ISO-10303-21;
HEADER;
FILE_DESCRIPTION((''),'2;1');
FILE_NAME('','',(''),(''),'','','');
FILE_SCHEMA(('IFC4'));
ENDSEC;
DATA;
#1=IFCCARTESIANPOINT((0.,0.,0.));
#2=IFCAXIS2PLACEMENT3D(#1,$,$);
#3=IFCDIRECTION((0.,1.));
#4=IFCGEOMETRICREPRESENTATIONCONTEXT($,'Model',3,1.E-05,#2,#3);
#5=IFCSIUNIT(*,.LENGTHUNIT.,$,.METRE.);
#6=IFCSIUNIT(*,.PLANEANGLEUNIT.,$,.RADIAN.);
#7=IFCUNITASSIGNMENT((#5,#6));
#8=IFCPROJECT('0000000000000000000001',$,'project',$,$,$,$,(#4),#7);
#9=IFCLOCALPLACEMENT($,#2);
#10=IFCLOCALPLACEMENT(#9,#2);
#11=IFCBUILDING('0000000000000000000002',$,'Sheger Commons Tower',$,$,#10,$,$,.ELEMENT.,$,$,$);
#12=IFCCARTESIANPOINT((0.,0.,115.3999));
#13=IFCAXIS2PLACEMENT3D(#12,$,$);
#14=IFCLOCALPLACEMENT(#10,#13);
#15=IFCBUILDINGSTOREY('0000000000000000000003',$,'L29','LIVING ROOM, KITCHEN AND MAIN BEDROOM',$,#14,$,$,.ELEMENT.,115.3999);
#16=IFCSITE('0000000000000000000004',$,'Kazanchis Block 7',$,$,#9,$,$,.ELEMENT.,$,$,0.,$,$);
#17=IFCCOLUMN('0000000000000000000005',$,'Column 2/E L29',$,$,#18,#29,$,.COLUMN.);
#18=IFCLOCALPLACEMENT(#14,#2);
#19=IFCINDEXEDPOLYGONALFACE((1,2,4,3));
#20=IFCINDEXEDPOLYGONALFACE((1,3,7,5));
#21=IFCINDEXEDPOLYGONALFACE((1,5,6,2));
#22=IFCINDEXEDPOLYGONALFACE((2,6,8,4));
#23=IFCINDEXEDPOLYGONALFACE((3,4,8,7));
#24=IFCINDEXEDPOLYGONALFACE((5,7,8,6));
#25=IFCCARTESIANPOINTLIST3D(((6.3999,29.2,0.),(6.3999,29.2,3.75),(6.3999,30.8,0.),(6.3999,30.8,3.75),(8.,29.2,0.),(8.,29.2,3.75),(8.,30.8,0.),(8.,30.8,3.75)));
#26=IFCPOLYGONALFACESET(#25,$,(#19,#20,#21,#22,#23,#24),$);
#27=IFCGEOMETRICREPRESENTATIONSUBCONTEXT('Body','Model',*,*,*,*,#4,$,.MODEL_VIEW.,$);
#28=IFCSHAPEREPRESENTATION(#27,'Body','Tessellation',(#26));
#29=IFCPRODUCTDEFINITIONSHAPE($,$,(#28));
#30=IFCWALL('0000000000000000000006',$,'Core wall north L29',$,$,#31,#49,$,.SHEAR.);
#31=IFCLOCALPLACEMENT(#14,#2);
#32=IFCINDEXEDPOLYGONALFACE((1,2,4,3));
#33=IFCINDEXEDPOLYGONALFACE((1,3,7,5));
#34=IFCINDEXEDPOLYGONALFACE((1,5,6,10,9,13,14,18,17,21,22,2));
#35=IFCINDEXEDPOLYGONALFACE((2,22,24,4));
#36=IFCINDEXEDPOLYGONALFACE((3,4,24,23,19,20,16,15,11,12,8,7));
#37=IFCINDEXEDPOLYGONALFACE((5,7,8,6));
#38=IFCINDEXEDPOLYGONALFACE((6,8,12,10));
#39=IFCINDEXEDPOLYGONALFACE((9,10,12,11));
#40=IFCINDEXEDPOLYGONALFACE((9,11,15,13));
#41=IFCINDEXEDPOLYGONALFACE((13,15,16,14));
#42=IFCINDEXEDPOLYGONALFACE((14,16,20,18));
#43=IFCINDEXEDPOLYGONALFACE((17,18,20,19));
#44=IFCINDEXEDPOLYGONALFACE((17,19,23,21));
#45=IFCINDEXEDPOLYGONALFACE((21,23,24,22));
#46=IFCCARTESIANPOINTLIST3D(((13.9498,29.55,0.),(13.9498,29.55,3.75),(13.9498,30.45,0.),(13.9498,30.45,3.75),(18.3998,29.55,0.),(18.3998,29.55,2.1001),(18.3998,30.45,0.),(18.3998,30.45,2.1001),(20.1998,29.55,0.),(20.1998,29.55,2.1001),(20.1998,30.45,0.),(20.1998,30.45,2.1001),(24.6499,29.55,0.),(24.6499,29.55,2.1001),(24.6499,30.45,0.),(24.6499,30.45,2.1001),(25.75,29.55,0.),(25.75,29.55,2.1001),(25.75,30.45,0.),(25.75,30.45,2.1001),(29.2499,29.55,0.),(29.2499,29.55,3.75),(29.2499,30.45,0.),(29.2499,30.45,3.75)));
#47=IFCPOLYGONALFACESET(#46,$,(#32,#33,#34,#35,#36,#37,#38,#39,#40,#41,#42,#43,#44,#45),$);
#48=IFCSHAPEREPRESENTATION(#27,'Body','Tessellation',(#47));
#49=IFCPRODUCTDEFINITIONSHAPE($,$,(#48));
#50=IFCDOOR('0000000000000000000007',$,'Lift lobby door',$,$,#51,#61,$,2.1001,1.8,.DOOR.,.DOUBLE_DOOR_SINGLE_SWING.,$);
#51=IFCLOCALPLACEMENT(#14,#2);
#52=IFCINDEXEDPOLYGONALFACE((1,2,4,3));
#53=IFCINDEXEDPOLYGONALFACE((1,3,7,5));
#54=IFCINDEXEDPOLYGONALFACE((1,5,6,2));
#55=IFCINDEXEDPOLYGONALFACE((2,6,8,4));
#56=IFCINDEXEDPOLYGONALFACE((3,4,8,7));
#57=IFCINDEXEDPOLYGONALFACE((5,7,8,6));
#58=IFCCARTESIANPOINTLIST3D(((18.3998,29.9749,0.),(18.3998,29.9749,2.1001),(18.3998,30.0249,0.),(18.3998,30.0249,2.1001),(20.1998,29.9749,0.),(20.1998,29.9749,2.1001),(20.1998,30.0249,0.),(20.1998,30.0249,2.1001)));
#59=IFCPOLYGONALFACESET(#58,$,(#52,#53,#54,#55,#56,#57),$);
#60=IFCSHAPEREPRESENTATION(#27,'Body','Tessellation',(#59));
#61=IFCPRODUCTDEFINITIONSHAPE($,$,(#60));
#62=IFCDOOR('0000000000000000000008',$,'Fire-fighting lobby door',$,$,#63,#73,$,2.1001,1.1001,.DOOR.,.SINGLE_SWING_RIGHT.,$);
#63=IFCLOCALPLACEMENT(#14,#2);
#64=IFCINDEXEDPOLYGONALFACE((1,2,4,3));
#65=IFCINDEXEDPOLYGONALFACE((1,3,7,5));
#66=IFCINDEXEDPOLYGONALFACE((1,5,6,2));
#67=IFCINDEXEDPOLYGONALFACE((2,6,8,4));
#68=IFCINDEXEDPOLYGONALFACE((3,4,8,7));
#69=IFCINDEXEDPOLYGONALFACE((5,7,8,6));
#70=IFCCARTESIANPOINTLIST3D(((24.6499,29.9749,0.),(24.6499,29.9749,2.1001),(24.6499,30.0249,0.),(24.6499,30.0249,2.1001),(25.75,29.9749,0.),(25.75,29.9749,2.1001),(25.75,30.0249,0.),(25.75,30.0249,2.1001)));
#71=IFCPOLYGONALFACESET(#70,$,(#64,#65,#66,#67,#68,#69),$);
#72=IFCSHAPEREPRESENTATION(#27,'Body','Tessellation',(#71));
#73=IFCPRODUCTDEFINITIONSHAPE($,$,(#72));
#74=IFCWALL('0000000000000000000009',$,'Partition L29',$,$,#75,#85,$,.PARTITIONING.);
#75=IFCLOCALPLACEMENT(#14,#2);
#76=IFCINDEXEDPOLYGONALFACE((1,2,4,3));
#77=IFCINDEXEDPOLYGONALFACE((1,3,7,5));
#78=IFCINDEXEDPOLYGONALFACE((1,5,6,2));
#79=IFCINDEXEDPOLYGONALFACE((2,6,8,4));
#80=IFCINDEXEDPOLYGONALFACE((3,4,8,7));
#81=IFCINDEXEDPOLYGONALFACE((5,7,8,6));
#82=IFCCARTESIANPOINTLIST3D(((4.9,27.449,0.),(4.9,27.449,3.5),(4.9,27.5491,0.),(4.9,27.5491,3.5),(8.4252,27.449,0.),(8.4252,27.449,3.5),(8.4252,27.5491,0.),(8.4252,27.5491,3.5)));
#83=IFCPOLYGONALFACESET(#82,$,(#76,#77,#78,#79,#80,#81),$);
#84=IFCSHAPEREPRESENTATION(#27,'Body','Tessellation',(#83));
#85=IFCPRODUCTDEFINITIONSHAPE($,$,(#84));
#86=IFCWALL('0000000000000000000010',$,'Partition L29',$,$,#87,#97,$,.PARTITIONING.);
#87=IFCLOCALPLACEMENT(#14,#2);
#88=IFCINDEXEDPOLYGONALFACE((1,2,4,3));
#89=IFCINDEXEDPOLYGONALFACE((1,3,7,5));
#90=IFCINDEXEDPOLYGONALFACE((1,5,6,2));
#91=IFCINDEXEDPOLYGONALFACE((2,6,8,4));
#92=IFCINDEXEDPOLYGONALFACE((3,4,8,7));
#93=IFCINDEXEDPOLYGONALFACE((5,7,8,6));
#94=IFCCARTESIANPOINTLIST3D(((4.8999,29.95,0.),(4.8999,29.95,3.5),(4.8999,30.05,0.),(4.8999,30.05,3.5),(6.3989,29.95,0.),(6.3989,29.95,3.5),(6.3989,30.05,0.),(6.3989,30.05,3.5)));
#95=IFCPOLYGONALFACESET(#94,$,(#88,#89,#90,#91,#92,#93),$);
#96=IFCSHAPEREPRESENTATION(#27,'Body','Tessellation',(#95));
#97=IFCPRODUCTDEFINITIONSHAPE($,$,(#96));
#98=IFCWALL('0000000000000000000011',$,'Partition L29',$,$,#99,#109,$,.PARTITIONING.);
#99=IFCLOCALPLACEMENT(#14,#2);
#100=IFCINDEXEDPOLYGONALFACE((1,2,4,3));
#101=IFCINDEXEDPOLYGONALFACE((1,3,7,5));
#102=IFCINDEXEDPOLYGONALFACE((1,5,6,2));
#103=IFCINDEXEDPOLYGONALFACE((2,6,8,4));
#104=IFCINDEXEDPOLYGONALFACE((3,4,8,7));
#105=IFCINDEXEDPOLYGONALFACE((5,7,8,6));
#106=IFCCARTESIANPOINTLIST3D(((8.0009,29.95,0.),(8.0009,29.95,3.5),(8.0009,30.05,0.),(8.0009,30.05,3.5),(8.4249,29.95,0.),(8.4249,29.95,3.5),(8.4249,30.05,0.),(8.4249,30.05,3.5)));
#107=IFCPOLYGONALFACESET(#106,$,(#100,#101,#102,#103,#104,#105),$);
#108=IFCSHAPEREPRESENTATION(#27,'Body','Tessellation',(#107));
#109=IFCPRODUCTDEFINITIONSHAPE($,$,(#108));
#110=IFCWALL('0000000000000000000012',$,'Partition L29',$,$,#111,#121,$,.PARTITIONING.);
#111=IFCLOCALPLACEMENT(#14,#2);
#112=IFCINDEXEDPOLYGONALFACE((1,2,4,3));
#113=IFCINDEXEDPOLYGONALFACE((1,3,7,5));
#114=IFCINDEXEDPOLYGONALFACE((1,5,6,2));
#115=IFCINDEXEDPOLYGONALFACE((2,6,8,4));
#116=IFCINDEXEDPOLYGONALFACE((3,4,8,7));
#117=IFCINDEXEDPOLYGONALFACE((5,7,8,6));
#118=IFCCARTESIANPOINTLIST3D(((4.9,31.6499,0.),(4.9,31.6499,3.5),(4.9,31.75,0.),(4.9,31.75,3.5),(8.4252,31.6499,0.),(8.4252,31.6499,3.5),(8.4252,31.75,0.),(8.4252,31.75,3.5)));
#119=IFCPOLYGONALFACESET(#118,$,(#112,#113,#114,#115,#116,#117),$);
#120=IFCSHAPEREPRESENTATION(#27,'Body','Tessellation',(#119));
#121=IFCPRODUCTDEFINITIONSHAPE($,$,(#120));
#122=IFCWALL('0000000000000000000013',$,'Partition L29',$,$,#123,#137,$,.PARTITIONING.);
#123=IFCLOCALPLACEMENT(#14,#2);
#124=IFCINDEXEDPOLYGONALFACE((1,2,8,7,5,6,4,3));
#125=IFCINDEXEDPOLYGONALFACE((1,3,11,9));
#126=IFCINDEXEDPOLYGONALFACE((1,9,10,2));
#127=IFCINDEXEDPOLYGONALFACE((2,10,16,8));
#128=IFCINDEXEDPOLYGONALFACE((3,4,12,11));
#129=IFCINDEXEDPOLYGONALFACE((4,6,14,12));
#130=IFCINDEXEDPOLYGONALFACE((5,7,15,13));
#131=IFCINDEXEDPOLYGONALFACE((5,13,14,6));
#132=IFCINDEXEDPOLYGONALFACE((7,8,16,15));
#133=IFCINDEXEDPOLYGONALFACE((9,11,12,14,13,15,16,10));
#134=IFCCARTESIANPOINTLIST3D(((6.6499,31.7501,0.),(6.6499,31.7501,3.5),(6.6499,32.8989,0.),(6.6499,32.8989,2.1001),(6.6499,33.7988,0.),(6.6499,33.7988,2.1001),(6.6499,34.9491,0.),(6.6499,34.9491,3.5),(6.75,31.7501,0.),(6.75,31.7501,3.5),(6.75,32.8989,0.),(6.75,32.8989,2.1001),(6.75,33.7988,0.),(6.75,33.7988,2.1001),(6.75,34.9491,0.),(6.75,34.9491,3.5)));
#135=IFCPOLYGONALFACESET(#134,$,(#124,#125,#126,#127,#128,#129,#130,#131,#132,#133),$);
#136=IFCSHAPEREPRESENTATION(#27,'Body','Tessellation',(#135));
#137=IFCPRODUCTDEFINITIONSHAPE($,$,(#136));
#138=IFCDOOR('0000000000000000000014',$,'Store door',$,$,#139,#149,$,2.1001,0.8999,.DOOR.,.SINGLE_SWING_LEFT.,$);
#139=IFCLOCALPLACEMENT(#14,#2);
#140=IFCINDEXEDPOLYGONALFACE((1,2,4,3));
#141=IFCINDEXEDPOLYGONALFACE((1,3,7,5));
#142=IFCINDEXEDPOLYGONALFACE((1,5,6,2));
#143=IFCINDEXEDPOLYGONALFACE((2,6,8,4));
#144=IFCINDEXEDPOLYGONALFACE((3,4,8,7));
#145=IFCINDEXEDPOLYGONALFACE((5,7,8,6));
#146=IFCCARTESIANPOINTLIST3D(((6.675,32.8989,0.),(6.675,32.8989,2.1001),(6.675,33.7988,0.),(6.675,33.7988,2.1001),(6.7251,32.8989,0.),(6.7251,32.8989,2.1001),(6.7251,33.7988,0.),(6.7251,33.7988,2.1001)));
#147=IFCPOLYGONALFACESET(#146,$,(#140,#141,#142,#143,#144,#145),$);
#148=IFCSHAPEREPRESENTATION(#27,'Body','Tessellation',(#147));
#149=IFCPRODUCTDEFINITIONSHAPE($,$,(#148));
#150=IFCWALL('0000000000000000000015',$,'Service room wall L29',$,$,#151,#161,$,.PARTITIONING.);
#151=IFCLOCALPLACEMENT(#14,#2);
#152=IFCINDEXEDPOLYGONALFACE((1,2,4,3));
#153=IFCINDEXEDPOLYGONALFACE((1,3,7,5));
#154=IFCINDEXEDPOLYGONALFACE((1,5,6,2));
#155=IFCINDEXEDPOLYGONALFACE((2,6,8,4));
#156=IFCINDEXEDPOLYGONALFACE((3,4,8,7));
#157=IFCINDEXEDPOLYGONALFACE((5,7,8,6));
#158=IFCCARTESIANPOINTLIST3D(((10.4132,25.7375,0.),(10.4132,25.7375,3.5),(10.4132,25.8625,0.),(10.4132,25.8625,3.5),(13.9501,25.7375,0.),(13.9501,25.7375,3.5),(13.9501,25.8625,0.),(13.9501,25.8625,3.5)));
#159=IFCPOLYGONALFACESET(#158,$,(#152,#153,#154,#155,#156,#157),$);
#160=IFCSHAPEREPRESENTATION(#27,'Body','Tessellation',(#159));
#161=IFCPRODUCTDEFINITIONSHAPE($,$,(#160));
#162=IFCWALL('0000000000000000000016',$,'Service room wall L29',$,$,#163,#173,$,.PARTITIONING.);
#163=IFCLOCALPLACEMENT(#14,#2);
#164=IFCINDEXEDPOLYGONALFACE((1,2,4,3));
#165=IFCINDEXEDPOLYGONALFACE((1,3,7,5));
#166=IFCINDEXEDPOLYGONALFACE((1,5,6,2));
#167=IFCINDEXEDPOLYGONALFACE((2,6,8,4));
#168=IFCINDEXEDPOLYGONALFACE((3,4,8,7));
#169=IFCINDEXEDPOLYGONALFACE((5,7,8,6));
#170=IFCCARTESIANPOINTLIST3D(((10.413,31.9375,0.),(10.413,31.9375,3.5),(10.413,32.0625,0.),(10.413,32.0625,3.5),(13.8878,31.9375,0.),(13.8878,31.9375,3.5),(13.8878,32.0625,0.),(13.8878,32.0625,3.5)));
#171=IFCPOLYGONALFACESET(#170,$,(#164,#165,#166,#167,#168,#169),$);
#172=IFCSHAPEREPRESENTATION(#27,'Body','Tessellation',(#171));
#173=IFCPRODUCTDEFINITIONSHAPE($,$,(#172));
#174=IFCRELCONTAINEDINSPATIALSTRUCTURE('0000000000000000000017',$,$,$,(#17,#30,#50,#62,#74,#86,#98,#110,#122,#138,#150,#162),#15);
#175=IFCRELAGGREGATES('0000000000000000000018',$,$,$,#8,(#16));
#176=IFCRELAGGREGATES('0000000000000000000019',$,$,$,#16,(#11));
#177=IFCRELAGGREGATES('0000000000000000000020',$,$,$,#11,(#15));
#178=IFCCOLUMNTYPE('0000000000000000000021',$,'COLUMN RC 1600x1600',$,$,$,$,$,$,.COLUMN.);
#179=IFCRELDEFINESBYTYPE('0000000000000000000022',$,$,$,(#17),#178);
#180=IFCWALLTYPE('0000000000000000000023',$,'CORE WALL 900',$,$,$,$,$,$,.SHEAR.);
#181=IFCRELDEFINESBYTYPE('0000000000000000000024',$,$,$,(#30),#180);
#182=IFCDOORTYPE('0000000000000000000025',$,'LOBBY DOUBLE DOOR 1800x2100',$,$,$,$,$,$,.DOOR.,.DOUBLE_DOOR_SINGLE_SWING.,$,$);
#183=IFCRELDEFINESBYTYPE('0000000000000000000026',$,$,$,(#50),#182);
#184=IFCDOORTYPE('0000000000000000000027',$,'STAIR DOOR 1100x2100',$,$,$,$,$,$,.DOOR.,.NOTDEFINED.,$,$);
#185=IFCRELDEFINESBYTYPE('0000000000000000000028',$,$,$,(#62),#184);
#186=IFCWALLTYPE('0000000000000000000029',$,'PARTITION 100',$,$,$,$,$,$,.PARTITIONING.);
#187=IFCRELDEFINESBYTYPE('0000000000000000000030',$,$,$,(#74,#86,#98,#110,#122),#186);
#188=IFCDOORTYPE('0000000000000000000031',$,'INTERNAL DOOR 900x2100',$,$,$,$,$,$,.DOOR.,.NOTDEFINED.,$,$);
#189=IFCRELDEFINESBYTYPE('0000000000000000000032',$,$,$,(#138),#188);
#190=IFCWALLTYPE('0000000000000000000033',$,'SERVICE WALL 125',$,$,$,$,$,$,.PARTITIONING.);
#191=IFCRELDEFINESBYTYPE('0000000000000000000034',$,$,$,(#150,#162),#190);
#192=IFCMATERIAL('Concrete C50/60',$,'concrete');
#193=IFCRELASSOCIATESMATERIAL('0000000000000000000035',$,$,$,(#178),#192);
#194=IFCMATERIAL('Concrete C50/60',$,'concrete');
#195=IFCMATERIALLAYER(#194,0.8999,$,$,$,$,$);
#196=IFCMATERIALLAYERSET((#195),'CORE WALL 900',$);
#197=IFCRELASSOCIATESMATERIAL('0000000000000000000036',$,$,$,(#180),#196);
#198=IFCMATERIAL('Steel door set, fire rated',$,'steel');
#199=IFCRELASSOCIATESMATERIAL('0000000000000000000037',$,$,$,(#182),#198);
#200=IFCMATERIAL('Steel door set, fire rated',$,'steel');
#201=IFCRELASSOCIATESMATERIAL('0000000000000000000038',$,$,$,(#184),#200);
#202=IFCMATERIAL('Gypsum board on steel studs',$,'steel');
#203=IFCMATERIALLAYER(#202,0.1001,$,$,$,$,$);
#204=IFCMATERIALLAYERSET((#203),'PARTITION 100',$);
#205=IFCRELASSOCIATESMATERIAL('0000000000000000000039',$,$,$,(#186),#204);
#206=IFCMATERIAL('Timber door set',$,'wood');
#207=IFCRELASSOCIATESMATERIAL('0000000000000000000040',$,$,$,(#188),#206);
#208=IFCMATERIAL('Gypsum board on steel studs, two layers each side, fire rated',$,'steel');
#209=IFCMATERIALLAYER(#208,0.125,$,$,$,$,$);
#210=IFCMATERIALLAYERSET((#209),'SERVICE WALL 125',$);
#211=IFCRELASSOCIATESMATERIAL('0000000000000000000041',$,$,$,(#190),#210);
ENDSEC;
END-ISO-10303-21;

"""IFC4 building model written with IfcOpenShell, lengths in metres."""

from ifc_helpers import new_model, si_unit, direction, frame, frame_2d, origin, origin_2d, place, context, subcontext, project, spatial, rectangle, extrude, material, layer, layer_set, material_profile, profile_set, type_object, element, fill, save


model = new_model("IFC4")

# Units and contexts
model_context = context("Model", 3, precision=1e-05, world=origin(), true_north=direction((0.0, 1.0)))
body_context = subcontext(model_context, "Body", "Model", "MODEL_VIEW")
ifc_project = project(units=[si_unit("LENGTHUNIT", "METRE"), si_unit("PLANEANGLEUNIT", "RADIAN")], contexts=[model_context])

# Site, building, storey
site_placement = place(None, origin())
site = spatial("IfcSite", under=ifc_project, at=site_placement, Name="Kazanchis Block 7", CompositionType="ELEMENT", RefElevation=0.0)
building_placement = place(site_placement, origin())
building = spatial("IfcBuilding", under=site, at=building_placement, Name="Sheger Commons Tower", CompositionType="ELEMENT")
storey_placement = place(building_placement, frame((0.0, 0.0, 115.3999)))
storey = spatial("IfcBuildingStorey", under=building, at=storey_placement, Name="L29", Description="LIVING ROOM, KITCHEN AND MAIN BEDROOM", CompositionType="ELEMENT", Elevation=115.3999)

# Column
ifc_material_1 = material(Name="Concrete C50/60", Category="concrete")
ifc_material_profile = material_profile(ifc_material_1, rectangle(XDim=1.6001, YDim=1.6001, at=origin_2d()), Name="RC 1600x1600")
ifc_profile_set = profile_set([ifc_material_profile], Name="Concrete C50/60")
column_type = type_object("IfcColumnType", Name="COLUMN RC 1600x1600", PredefinedType="COLUMN", material=ifc_profile_set)
column_placement = place(storey_placement, frame((7.2, 30.0, 0.0), z_axis=(0.0, 0.0, 1.0), x_axis=(1.0, 0.0, 0.0)))
element("IfcColumn", 1, at=column_placement, inside=storey, type_object=column_type, Name="Column 2/E L29", PredefinedType="COLUMN", context=body_context, shape_type="SweptSolid", body=[
    extrude(rectangle(XDim=1.6001, YDim=1.6001, at=origin_2d()), origin(), (0.0, 0.0, 1.0), 3.75),
])

# Wall, openings, doors
ifc_material_2 = material(Name="Concrete C50/60", Category="concrete")
ifc_layer_1 = layer(ifc_material_2, 0.8999)
ifc_layer_set_1 = layer_set([ifc_layer_1], Name="CORE WALL 900")
wall_type_1 = type_object("IfcWallType", Name="CORE WALL 900", PredefinedType="SHEAR", material=ifc_layer_set_1)
wall_1_placement = place(storey_placement, frame((13.95, 30.0, 0.0), z_axis=(0.0, 0.0, 1.0), x_axis=(1.0, 0.0, 0.0)))
wall_1 = element("IfcWall", 2, at=wall_1_placement, inside=storey, type_object=wall_type_1, Name="Core wall north L29", PredefinedType="SHEAR", context=body_context, shape_type="SweptSolid", body=[
    extrude(rectangle(XDim=15.3, YDim=0.8999, at=frame_2d((7.6499, 0.0))), origin(), (0.0, 0.0, 1.0), 3.75),
])
opening_1_placement = place(wall_1_placement, frame((4.45, 0.0, 0.0)))
opening_1 = element("IfcOpeningElement", 3, at=opening_1_placement, cuts=wall_1, PredefinedType="OPENING", context=body_context, shape_type="SweptSolid", body=[
    extrude(rectangle(XDim=1.8, YDim=2.1001, at=frame_2d((0.8999, 1.05))), frame((0.0, 0.46, 0.0), z_axis=(0.0, -1.0, 0.0), x_axis=(1.0, 0.0, 0.0)), (0.0, 0.0, 1.0), 0.9199),
])
opening_2_placement = place(wall_1_placement, frame((10.7, 0.0, 0.0)))
opening_2 = element("IfcOpeningElement", 4, at=opening_2_placement, cuts=wall_1, PredefinedType="OPENING", context=body_context, shape_type="SweptSolid", body=[
    extrude(rectangle(XDim=1.1001, YDim=2.1001, at=frame_2d((0.55, 1.05))), frame((0.0, 0.46, 0.0), z_axis=(0.0, -1.0, 0.0), x_axis=(1.0, 0.0, 0.0)), (0.0, 0.0, 1.0), 0.9199),
])
ifc_material_3 = material(Name="Steel door set, fire rated", Category="steel")
door_type_1 = type_object("IfcDoorType", Name="LOBBY DOUBLE DOOR 1800x2100", OperationType="DOUBLE_DOOR_SINGLE_SWING", PredefinedType="DOOR", material=ifc_material_3)
door_1_placement = place(opening_1_placement, origin())
door_1 = element("IfcDoor", 5, at=door_1_placement, inside=storey, type_object=door_type_1, Name="Lift lobby door", OperationType="DOUBLE_DOOR_SINGLE_SWING", OverallHeight=2.1001, OverallWidth=1.8, PredefinedType="DOOR", context=body_context, shape_type="SweptSolid", body=[
    extrude(rectangle(XDim=1.8, YDim=2.1001, at=frame_2d((0.8999, 1.05))), frame((0.0, 0.0249, 0.0), z_axis=(0.0, -1.0, 0.0), x_axis=(1.0, 0.0, 0.0)), (0.0, 0.0, 1.0), 0.05),
])
fill(opening_1, door_1)
ifc_material_4 = material(Name="Steel door set, fire rated", Category="steel")
door_type_2 = type_object("IfcDoorType", Name="STAIR DOOR 1100x2100", OperationType="NOTDEFINED", PredefinedType="DOOR", material=ifc_material_4)
door_2_placement = place(opening_2_placement, origin())
door_2 = element("IfcDoor", 6, at=door_2_placement, inside=storey, type_object=door_type_2, Name="Fire-fighting lobby door", OperationType="SINGLE_SWING_RIGHT", OverallHeight=2.1001, OverallWidth=1.1001, PredefinedType="DOOR", context=body_context, shape_type="SweptSolid", body=[
    extrude(rectangle(XDim=1.1001, YDim=2.1001, at=frame_2d((0.55, 1.05))), frame((0.0, 0.0249, 0.0), z_axis=(0.0, -1.0, 0.0), x_axis=(1.0, 0.0, 0.0)), (0.0, 0.0, 1.0), 0.05),
])
fill(opening_2, door_2)

# Walls
ifc_material_5 = material(Name="Gypsum board on steel studs", Category="steel")
ifc_layer_2 = layer(ifc_material_5, 0.1001)
ifc_layer_set_2 = layer_set([ifc_layer_2], Name="PARTITION 100")
wall_type_2 = type_object("IfcWallType", Name="PARTITION 100", PredefinedType="PARTITIONING", material=ifc_layer_set_2)
wall_2_placement = place(storey_placement, frame((4.8999, 27.499, 0.0), z_axis=(0.0, 0.0, 1.0), x_axis=(1.0, 0.0, 0.0)))
element("IfcWall", 7, at=wall_2_placement, inside=storey, type_object=wall_type_2, Name="Partition L29", PredefinedType="PARTITIONING", context=body_context, shape_type="SweptSolid", body=[
    extrude(rectangle(XDim=3.5251, YDim=0.1001, at=frame_2d((1.7627, 0.0))), origin(), (0.0, 0.0, 1.0), 3.5),
])
wall_3_placement = place(storey_placement, frame((4.8999, 30.0, 0.0), z_axis=(0.0, 0.0, 1.0), x_axis=(1.0, 0.0, 0.0)))
element("IfcWall", 8, at=wall_3_placement, inside=storey, type_object=wall_type_2, Name="Partition L29", PredefinedType="PARTITIONING", context=body_context, shape_type="SweptSolid", body=[
    extrude(rectangle(XDim=1.499, YDim=0.1001, at=frame_2d((0.7495, 0.0))), origin(), (0.0, 0.0, 1.0), 3.5),
])
wall_4_placement = place(storey_placement, frame((8.001, 30.0, 0.0), z_axis=(0.0, 0.0, 1.0), x_axis=(1.0, 0.0, 0.0)))
element("IfcWall", 9, at=wall_4_placement, inside=storey, type_object=wall_type_2, Name="Partition L29", PredefinedType="PARTITIONING", context=body_context, shape_type="SweptSolid", body=[
    extrude(rectangle(XDim=0.4241, YDim=0.1001, at=frame_2d((0.2119, 0.0))), origin(), (0.0, 0.0, 1.0), 3.5),
])
wall_5_placement = place(storey_placement, frame((4.8999, 31.7, 0.0), z_axis=(0.0, 0.0, 1.0), x_axis=(1.0, 0.0, 0.0)))
element("IfcWall", 10, at=wall_5_placement, inside=storey, type_object=wall_type_2, Name="Partition L29", PredefinedType="PARTITIONING", context=body_context, shape_type="SweptSolid", body=[
    extrude(rectangle(XDim=3.5251, YDim=0.1001, at=frame_2d((1.7627, 0.0))), origin(), (0.0, 0.0, 1.0), 3.5),
])

# Wall, opening, door
wall_6_placement = place(storey_placement, frame((6.7, 31.75, 0.0), z_axis=(0.0, 0.0, 1.0), x_axis=(0.0, 1.0, 0.0)))
wall_6 = element("IfcWall", 11, at=wall_6_placement, inside=storey, type_object=wall_type_2, Name="Partition L29", PredefinedType="PARTITIONING", context=body_context, shape_type="SweptSolid", body=[
    extrude(rectangle(XDim=3.199, YDim=0.1001, at=frame_2d((1.5996, 0.0))), origin(), (0.0, 0.0, 1.0), 3.5),
])
opening_3_placement = place(wall_6_placement, frame((1.1489, 0.0, 0.0)))
opening_3 = element("IfcOpeningElement", 12, at=opening_3_placement, cuts=wall_6, PredefinedType="OPENING", context=body_context, shape_type="SweptSolid", body=[
    extrude(rectangle(XDim=0.8999, YDim=2.1001, at=frame_2d((0.45, 1.05))), frame((0.0, 0.0601, 0.0), z_axis=(0.0, -1.0, 0.0), x_axis=(1.0, 0.0, 0.0)), (0.0, 0.0, 1.0), 0.1201),
])
ifc_material_6 = material(Name="Timber door set", Category="wood")
door_type_3 = type_object("IfcDoorType", Name="INTERNAL DOOR 900x2100", OperationType="NOTDEFINED", PredefinedType="DOOR", material=ifc_material_6)
door_3_placement = place(opening_3_placement, origin())
door_3 = element("IfcDoor", 13, at=door_3_placement, inside=storey, type_object=door_type_3, Name="Store door", OperationType="SINGLE_SWING_LEFT", OverallHeight=2.1001, OverallWidth=0.8999, PredefinedType="DOOR", context=body_context, shape_type="SweptSolid", body=[
    extrude(rectangle(XDim=0.8999, YDim=2.1001, at=frame_2d((0.45, 1.05))), frame((0.0, 0.0249, 0.0), z_axis=(0.0, -1.0, 0.0), x_axis=(1.0, 0.0, 0.0)), (0.0, 0.0, 1.0), 0.05),
])
fill(opening_3, door_3)

# Walls
ifc_material_7 = material(Name="Gypsum board on steel studs, two layers each side, fire rated", Category="steel")
ifc_layer_3 = layer(ifc_material_7, 0.125)
ifc_layer_set_3 = layer_set([ifc_layer_3], Name="SERVICE WALL 125")
wall_type_3 = type_object("IfcWallType", Name="SERVICE WALL 125", PredefinedType="PARTITIONING", material=ifc_layer_set_3)
wall_7_placement = place(storey_placement, frame((10.4131, 25.8, 0.0), z_axis=(0.0, 0.0, 1.0), x_axis=(1.0, 0.0, 0.0)))
element("IfcWall", 14, at=wall_7_placement, inside=storey, type_object=wall_type_3, Name="Service room wall L29", PredefinedType="PARTITIONING", context=body_context, shape_type="SweptSolid", body=[
    extrude(rectangle(XDim=3.5369, YDim=0.125, at=frame_2d((1.7686, 0.0))), origin(), (0.0, 0.0, 1.0), 3.5),
])
wall_8_placement = place(storey_placement, frame((10.4131, 32.0, 0.0), z_axis=(0.0, 0.0, 1.0), x_axis=(1.0, 0.0, 0.0)))
element("IfcWall", 15, at=wall_8_placement, inside=storey, type_object=wall_type_3, Name="Service room wall L29", PredefinedType="PARTITIONING", context=body_context, shape_type="SweptSolid", body=[
    extrude(rectangle(XDim=3.4749, YDim=0.125, at=frame_2d((1.7373, 0.0))), origin(), (0.0, 0.0, 1.0), 3.5),
])

save(model, "model.ifc")
